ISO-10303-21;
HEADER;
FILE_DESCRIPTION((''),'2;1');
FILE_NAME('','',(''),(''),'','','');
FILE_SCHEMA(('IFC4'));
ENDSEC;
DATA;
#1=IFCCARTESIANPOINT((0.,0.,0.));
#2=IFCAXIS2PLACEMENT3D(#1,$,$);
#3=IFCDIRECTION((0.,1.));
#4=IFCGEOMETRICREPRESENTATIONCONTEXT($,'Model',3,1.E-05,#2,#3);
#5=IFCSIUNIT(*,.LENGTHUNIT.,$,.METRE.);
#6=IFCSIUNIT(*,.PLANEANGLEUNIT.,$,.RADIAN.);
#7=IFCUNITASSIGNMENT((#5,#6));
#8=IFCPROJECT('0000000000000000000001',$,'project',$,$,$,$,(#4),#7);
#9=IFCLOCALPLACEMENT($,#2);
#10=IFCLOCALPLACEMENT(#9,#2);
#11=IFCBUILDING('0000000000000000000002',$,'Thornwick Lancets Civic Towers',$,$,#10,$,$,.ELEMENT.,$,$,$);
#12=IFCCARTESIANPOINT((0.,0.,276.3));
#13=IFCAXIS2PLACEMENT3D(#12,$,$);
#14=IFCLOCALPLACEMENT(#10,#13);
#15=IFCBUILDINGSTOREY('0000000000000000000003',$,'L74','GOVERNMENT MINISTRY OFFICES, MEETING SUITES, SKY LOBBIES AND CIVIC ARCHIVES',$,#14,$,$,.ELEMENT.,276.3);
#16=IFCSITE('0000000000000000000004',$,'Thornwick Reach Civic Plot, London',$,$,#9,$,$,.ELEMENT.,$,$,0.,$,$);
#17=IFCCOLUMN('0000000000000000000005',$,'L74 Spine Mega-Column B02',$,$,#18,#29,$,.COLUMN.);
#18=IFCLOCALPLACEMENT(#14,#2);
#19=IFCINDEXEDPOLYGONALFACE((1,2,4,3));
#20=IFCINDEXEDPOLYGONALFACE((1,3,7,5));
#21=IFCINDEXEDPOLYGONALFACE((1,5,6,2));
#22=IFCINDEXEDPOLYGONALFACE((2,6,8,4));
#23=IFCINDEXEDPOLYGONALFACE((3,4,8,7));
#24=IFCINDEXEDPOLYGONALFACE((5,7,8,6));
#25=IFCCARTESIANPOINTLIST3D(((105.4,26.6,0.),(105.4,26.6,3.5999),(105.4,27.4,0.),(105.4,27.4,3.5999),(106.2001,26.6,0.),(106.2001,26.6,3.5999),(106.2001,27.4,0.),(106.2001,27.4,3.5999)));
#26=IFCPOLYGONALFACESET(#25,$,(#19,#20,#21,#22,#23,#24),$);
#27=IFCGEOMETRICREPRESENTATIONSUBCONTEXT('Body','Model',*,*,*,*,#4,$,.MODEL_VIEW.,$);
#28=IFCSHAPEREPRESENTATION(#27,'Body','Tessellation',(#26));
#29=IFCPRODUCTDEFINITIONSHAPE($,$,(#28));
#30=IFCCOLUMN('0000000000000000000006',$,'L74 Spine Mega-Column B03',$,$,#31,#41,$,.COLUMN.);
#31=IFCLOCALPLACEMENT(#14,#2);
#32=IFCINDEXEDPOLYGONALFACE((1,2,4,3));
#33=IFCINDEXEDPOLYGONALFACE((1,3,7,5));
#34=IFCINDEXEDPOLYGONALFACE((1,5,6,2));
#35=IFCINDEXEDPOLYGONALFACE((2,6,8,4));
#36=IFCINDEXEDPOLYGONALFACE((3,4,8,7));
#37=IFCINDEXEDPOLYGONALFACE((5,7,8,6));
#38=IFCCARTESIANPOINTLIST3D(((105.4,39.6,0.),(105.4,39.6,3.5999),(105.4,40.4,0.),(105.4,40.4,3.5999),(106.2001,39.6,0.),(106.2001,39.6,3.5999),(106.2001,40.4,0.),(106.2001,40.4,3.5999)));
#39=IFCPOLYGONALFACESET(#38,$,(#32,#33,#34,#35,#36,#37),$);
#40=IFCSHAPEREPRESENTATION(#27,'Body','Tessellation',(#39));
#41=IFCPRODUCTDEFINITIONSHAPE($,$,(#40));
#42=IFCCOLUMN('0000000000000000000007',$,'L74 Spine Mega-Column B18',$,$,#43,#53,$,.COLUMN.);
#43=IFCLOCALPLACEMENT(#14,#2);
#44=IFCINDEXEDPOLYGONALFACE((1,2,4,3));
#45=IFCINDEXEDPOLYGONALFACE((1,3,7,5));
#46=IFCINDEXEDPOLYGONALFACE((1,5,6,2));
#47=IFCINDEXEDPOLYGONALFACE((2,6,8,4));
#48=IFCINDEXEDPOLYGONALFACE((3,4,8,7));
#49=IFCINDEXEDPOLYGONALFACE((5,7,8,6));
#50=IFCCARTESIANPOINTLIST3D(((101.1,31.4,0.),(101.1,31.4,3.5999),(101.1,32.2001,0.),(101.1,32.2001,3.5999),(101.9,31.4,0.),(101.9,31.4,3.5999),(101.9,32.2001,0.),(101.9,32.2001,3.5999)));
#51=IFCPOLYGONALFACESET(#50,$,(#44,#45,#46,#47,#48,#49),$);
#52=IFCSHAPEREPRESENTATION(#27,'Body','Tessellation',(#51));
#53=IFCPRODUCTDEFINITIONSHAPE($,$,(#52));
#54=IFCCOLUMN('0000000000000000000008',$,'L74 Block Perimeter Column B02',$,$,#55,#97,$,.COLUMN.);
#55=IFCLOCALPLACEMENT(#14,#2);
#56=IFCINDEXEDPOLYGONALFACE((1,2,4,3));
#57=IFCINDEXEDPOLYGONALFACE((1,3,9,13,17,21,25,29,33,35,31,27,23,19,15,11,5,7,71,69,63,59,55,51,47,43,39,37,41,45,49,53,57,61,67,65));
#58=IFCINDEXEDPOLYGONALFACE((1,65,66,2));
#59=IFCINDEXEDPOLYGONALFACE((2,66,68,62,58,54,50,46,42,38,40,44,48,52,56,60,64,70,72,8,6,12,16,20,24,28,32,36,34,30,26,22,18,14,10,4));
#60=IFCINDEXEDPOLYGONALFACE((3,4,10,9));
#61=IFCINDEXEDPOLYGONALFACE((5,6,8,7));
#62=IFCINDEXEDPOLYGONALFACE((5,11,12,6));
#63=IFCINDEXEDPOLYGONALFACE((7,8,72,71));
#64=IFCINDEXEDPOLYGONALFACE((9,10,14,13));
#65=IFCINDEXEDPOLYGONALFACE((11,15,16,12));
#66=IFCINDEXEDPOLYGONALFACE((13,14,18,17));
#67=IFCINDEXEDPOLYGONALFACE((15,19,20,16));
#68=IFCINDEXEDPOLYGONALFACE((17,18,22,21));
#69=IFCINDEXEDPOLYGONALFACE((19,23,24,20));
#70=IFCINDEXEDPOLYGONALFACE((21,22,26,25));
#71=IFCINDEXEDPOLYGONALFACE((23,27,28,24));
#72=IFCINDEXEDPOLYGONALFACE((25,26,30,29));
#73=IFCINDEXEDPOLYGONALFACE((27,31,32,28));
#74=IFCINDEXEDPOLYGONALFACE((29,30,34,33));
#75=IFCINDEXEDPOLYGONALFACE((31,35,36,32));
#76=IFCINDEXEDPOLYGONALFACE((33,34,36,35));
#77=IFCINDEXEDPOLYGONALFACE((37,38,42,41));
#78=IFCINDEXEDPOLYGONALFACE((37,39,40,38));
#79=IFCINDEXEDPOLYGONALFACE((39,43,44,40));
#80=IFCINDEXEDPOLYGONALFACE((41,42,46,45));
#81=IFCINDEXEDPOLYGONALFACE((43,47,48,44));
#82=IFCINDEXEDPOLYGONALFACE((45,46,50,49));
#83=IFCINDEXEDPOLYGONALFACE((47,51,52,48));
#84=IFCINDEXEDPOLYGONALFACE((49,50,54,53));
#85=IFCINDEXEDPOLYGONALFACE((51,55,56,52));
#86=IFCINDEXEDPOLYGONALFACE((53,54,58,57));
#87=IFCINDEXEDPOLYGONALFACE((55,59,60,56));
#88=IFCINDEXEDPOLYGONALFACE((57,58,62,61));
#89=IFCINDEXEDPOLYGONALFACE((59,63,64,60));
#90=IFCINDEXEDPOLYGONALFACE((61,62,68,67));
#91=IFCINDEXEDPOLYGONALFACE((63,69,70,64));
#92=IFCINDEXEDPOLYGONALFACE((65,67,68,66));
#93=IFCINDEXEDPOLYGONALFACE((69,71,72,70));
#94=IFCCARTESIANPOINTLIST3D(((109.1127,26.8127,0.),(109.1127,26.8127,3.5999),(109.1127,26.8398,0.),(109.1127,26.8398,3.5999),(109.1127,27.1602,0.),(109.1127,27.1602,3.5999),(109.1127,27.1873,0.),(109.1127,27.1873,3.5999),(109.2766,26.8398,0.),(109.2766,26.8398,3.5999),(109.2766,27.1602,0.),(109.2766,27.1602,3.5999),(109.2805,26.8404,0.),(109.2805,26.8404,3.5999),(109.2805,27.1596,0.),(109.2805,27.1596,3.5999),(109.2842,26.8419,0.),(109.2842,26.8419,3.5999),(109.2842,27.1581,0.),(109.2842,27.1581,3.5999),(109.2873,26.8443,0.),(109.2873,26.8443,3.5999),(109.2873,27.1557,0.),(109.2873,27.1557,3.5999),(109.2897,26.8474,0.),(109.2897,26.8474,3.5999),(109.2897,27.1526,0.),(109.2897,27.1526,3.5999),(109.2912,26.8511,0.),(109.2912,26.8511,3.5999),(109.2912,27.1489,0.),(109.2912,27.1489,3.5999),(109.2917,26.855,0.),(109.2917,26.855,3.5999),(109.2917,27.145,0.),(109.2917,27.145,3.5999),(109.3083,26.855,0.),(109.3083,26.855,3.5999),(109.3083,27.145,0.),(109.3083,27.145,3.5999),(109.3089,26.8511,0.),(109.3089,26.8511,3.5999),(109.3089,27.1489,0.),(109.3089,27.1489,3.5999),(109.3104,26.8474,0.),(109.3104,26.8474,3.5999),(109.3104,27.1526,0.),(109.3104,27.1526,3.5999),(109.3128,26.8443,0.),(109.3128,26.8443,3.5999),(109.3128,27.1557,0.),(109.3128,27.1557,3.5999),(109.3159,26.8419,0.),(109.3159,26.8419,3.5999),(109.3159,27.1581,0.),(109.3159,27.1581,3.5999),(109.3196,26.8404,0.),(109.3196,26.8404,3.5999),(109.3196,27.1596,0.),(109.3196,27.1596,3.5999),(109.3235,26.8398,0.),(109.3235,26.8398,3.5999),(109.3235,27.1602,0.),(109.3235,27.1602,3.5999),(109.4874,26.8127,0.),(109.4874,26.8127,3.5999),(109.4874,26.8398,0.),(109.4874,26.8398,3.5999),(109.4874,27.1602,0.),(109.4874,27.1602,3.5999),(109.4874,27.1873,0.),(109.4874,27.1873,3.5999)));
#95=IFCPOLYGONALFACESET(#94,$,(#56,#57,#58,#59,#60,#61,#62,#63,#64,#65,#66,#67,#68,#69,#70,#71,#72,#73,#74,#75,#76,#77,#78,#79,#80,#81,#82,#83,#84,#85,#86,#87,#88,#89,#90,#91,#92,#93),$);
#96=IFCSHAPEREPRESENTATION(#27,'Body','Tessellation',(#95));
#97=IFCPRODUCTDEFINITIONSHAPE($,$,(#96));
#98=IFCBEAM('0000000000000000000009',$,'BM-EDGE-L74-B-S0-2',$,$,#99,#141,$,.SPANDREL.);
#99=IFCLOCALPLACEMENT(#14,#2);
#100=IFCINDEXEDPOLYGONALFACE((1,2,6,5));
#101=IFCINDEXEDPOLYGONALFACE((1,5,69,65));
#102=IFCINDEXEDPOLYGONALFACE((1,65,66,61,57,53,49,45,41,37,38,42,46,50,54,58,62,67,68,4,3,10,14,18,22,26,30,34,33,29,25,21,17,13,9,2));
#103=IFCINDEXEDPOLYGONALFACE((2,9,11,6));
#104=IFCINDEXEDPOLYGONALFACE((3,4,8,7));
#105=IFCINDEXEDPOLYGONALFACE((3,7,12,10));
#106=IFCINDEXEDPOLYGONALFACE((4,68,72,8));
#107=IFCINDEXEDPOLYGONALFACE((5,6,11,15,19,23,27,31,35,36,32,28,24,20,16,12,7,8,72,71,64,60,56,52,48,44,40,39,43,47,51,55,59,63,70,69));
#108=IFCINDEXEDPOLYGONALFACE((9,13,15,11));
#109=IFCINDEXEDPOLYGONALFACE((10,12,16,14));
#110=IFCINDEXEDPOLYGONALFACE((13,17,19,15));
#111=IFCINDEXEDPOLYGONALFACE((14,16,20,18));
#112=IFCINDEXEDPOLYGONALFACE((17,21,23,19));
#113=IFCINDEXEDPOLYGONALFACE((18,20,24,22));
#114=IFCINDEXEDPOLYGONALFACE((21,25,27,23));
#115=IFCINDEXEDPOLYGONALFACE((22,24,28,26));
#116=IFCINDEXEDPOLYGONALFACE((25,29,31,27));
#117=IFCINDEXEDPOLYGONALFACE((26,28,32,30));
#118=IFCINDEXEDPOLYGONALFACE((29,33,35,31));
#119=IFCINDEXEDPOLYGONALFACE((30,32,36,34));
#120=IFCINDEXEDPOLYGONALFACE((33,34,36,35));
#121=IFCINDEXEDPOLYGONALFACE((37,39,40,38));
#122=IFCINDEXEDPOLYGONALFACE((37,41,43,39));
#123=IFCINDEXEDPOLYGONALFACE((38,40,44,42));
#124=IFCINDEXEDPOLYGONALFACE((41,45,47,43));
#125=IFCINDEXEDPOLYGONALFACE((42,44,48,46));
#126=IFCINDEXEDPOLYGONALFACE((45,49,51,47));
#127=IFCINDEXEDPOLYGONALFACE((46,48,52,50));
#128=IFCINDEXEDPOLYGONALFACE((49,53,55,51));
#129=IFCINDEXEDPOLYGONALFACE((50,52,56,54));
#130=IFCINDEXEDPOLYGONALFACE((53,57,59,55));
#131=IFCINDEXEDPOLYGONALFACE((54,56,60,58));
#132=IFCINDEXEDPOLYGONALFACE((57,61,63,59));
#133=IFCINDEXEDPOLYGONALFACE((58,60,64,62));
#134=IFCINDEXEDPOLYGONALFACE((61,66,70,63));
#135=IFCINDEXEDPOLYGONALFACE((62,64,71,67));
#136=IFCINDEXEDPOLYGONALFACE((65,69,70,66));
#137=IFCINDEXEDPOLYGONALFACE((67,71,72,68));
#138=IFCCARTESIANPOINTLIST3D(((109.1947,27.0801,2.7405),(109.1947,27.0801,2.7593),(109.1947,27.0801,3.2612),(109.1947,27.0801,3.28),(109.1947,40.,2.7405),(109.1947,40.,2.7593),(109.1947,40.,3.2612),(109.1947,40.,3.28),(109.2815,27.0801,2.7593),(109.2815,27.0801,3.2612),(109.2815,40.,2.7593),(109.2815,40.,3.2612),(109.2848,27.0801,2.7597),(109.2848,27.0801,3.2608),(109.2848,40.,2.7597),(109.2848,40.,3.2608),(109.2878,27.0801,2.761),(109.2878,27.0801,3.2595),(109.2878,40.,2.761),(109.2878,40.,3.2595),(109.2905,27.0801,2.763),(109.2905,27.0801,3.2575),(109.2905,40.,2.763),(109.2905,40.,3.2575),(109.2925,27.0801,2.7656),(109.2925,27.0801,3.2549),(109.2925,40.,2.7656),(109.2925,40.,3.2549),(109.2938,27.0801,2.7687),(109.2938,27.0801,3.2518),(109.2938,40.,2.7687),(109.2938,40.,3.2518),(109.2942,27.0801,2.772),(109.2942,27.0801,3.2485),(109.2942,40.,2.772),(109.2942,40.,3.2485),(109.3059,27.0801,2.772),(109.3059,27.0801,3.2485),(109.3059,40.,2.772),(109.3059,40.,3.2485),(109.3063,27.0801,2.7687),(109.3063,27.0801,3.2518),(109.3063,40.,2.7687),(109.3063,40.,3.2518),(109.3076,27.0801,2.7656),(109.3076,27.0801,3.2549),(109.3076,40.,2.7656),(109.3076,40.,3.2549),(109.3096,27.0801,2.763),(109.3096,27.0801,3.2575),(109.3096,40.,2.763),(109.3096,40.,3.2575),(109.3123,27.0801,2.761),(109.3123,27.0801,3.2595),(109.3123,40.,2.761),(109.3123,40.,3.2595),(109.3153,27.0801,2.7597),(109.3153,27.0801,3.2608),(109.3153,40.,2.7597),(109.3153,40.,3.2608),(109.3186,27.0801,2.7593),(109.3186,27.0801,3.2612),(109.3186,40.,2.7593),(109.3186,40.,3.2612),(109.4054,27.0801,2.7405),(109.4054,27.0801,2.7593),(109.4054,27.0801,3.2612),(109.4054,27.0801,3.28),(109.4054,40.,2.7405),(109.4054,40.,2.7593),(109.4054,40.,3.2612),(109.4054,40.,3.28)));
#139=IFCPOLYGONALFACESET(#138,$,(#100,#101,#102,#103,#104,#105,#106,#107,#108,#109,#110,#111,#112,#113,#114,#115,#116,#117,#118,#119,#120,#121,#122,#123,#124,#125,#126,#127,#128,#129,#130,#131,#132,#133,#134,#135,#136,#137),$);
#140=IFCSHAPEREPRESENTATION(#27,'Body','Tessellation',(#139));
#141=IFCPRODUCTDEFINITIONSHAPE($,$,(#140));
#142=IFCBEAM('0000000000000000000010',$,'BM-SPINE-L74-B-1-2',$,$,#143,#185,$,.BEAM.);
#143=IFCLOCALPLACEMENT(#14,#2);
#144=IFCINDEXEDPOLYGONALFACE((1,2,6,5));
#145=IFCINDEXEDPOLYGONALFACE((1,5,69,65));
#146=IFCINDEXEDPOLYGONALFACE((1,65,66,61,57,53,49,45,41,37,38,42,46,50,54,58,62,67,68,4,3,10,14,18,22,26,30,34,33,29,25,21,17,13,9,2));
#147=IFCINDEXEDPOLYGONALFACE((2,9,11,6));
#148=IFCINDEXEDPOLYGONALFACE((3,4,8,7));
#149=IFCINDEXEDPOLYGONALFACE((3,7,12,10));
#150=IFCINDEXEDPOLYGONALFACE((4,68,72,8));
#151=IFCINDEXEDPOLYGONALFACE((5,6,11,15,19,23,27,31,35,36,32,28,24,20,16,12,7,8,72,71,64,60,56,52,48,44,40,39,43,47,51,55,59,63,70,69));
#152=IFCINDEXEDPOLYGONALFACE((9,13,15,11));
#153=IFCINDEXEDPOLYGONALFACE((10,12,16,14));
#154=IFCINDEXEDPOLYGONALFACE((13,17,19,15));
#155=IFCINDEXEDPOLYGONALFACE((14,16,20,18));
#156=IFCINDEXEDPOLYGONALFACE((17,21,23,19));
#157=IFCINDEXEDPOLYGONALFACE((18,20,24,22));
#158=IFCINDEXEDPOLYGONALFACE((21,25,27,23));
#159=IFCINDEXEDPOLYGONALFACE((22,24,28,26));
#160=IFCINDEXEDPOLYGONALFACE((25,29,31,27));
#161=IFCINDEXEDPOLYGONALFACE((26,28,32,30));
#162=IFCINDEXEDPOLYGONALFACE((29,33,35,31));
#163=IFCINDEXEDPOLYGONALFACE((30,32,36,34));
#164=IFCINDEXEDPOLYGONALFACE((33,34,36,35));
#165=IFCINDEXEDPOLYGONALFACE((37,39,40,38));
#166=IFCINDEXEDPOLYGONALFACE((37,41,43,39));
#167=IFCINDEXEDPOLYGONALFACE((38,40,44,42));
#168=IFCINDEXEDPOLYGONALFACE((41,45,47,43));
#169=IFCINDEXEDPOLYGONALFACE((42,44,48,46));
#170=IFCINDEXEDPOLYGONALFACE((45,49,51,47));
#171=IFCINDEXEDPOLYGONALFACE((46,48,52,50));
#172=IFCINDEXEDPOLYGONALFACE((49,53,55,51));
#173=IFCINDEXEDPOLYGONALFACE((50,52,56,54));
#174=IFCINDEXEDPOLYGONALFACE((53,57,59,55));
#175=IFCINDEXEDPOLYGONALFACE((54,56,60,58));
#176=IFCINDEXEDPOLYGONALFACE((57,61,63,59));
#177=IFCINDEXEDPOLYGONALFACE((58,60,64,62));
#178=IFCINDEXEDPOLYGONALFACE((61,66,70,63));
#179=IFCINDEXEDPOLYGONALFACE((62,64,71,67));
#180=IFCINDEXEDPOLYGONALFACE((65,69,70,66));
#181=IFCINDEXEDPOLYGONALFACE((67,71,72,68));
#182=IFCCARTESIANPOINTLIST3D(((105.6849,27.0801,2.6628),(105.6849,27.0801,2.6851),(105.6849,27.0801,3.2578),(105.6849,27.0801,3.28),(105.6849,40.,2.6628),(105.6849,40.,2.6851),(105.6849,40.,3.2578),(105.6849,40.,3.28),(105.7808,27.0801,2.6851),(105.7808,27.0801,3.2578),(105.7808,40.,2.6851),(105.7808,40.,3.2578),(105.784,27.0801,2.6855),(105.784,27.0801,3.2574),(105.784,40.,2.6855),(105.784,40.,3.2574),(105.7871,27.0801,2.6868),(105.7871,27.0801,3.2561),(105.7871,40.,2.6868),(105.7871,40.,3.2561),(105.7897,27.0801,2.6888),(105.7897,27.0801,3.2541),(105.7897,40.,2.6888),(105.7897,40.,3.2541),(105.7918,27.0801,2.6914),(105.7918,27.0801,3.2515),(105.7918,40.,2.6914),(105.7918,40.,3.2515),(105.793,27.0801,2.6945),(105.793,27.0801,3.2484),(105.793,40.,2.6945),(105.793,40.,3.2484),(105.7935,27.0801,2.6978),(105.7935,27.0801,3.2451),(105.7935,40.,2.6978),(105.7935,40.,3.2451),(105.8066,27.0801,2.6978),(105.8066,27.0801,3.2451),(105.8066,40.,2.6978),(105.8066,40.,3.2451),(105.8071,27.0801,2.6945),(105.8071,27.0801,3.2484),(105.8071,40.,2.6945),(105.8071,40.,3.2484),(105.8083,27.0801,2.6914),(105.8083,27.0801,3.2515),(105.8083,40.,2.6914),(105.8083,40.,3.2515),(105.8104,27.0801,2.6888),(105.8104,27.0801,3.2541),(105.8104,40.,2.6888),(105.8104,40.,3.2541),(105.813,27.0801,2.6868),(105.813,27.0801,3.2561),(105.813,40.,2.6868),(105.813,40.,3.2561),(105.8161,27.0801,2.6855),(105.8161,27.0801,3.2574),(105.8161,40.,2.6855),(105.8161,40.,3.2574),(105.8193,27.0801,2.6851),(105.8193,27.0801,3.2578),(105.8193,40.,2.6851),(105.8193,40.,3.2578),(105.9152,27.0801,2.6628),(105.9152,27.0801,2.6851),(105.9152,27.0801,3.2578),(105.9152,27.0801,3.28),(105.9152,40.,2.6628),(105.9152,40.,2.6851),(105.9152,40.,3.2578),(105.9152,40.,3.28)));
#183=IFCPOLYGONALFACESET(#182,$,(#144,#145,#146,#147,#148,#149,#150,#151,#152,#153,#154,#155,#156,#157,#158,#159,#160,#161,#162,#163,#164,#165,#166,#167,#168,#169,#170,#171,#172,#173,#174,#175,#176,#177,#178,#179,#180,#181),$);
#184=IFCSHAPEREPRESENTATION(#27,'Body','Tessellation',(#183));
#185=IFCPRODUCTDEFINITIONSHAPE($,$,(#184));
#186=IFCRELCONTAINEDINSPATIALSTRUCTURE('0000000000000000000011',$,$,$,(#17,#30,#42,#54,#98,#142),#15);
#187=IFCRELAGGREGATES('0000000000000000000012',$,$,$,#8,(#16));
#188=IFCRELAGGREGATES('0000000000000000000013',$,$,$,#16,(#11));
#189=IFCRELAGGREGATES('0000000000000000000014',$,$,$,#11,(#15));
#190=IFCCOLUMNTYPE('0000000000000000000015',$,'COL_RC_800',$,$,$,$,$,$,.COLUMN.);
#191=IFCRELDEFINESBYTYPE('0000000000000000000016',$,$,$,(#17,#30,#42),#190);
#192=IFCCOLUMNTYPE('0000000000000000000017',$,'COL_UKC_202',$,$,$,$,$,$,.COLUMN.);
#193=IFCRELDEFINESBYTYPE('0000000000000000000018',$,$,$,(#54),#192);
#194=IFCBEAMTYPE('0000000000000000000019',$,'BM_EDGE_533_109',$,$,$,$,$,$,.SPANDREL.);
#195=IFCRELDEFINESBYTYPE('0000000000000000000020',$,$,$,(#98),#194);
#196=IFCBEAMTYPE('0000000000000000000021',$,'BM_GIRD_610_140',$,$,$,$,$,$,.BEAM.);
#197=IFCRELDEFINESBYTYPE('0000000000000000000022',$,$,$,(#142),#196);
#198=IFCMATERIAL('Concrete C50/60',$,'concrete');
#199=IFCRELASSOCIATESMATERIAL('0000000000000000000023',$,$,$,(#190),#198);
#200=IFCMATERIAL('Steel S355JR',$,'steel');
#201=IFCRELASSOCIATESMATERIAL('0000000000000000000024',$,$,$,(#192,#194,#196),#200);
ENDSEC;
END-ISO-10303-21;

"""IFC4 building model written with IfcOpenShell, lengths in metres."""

from ifc_helpers import new_model, si_unit, direction, frame, origin, origin_2d, place, context, subcontext, project, spatial, rectangle, i_section, extrude, material, material_profile, profile_set, type_object, element, save


model = new_model("IFC4")

# Units and contexts
model_context = context("Model", 3, precision=1e-05, world=origin(), true_north=direction((0.0, 1.0)))
body_context = subcontext(model_context, "Body", "Model", "MODEL_VIEW")
ifc_project = project(units=[si_unit("LENGTHUNIT", "METRE"), si_unit("PLANEANGLEUNIT", "RADIAN")], contexts=[model_context])

# Site, building, storey
site_placement = place(None, origin())
site = spatial("IfcSite", under=ifc_project, at=site_placement, Name="Thornwick Reach Civic Plot, London", CompositionType="ELEMENT", RefElevation=0.0)
building_placement = place(site_placement, origin())
building = spatial("IfcBuilding", under=site, at=building_placement, Name="Thornwick Lancets Civic Towers", CompositionType="ELEMENT")
storey_placement = place(building_placement, frame((0.0, 0.0, 276.3)))
storey = spatial("IfcBuildingStorey", under=building, at=storey_placement, Name="L74", Description="GOVERNMENT MINISTRY OFFICES, MEETING SUITES, SKY LOBBIES AND CIVIC ARCHIVES", CompositionType="ELEMENT", Elevation=276.3)

# Columns
ifc_material_1 = material(Name="Concrete C50/60", Category="concrete")
ifc_material_profile_1 = material_profile(ifc_material_1, rectangle(XDim=0.8, YDim=0.8, at=origin_2d()), Name="RC 800x800")
ifc_profile_set_1 = profile_set([ifc_material_profile_1], Name="Concrete C50/60")
column_type_1 = type_object("IfcColumnType", Name="COL_RC_800", PredefinedType="COLUMN", material=ifc_profile_set_1)
for number, where, z_axis, x_axis, name in (
    (1, (105.8, 27.0, 0.0), (0.0, 0.0, 1.0), (1.0, 0.0, 0.0), "L74 Spine Mega-Column B02"),
    (2, (105.8, 40.0, 0.0), (0.0, 0.0, 1.0), (1.0, 0.0, 0.0), "L74 Spine Mega-Column B03"),
    (3, (101.5, 31.8, 0.0), (0.0, 0.0, 1.0), (1.0, 0.0, 0.0), "L74 Spine Mega-Column B18"),
):
    element("IfcColumn", number, at=place(storey_placement, frame(where, z_axis=z_axis, x_axis=x_axis)), inside=storey, type_object=column_type_1, Name=name, PredefinedType="COLUMN", context=body_context, shape_type="SweptSolid", body=[
        extrude(rectangle(XDim=0.8, YDim=0.8, at=origin_2d()), origin(), (0.0, 0.0, 1.0), 3.5999),
    ])
ifc_material_2 = material(Name="Steel S355JR", Category="steel")
ifc_material_profile_2 = material_profile(ifc_material_2, i_section(OverallWidth=0.3748, OverallDepth=0.3745, WebThickness=0.0166, FlangeThickness=0.0271, FilletRadius=0.0151, at=origin_2d()), Name="UKC 356x368x202")
ifc_profile_set_2 = profile_set([ifc_material_profile_2], Name="Steel S355JR")
column_type_2 = type_object("IfcColumnType", Name="COL_UKC_202", PredefinedType="COLUMN", material=ifc_profile_set_2)
column_placement = place(storey_placement, frame((109.3, 27.0, 0.0), z_axis=(0.0, 0.0, 1.0), x_axis=(1.0, 0.0, 0.0)))
element("IfcColumn", 4, at=column_placement, inside=storey, type_object=column_type_2, Name="L74 Block Perimeter Column B02", PredefinedType="COLUMN", context=body_context, shape_type="SweptSolid", body=[
    extrude(i_section(OverallWidth=0.3748, OverallDepth=0.3745, WebThickness=0.0166, FlangeThickness=0.0271, FilletRadius=0.0151, at=origin_2d()), origin(), (0.0, 0.0, 1.0), 3.5999),
])

# Beams
ifc_material_profile_3 = material_profile(ifc_material_2, i_section(OverallWidth=0.2107, OverallDepth=0.5396, WebThickness=0.0117, FlangeThickness=0.0188, FilletRadius=0.0127, at=origin_2d()), Name="UKB 533x210x109")
ifc_profile_set_3 = profile_set([ifc_material_profile_3], Name="Steel S355JR")
beam_type_1 = type_object("IfcBeamType", Name="BM_EDGE_533_109", PredefinedType="SPANDREL", material=ifc_profile_set_3)
beam_1_placement = place(storey_placement, frame((109.3, 27.0801, 3.0103), z_axis=(0.0, 1.0, 0.0), x_axis=(-1.0, 0.0, 0.0)))
element("IfcBeam", 5, at=beam_1_placement, inside=storey, type_object=beam_type_1, Name="BM-EDGE-L74-B-S0-2", PredefinedType="SPANDREL", context=body_context, shape_type="SweptSolid", body=[
    extrude(i_section(OverallWidth=0.2107, OverallDepth=0.5396, WebThickness=0.0117, FlangeThickness=0.0188, FilletRadius=0.0127, at=origin_2d()), origin(), (0.0, 0.0, 1.0), 12.9199),
])
ifc_material_profile_4 = material_profile(ifc_material_2, i_section(OverallWidth=0.2302, OverallDepth=0.6172, WebThickness=0.0132, FlangeThickness=0.0222, FilletRadius=0.0127, at=origin_2d()), Name="UKB 610x229x140")
ifc_profile_set_4 = profile_set([ifc_material_profile_4], Name="Steel S355JR")
beam_type_2 = type_object("IfcBeamType", Name="BM_GIRD_610_140", PredefinedType="BEAM", material=ifc_profile_set_4)
beam_2_placement = place(storey_placement, frame((105.8, 27.0801, 2.9714), z_axis=(0.0, 1.0, 0.0), x_axis=(-1.0, 0.0, 0.0)))
element("IfcBeam", 6, at=beam_2_placement, inside=storey, type_object=beam_type_2, Name="BM-SPINE-L74-B-1-2", PredefinedType="BEAM", context=body_context, shape_type="SweptSolid", body=[
    extrude(i_section(OverallWidth=0.2302, OverallDepth=0.6172, WebThickness=0.0132, FlangeThickness=0.0222, FilletRadius=0.0127, at=origin_2d()), origin(), (0.0, 0.0, 1.0), 12.9199),
])

save(model, "model.ifc")
